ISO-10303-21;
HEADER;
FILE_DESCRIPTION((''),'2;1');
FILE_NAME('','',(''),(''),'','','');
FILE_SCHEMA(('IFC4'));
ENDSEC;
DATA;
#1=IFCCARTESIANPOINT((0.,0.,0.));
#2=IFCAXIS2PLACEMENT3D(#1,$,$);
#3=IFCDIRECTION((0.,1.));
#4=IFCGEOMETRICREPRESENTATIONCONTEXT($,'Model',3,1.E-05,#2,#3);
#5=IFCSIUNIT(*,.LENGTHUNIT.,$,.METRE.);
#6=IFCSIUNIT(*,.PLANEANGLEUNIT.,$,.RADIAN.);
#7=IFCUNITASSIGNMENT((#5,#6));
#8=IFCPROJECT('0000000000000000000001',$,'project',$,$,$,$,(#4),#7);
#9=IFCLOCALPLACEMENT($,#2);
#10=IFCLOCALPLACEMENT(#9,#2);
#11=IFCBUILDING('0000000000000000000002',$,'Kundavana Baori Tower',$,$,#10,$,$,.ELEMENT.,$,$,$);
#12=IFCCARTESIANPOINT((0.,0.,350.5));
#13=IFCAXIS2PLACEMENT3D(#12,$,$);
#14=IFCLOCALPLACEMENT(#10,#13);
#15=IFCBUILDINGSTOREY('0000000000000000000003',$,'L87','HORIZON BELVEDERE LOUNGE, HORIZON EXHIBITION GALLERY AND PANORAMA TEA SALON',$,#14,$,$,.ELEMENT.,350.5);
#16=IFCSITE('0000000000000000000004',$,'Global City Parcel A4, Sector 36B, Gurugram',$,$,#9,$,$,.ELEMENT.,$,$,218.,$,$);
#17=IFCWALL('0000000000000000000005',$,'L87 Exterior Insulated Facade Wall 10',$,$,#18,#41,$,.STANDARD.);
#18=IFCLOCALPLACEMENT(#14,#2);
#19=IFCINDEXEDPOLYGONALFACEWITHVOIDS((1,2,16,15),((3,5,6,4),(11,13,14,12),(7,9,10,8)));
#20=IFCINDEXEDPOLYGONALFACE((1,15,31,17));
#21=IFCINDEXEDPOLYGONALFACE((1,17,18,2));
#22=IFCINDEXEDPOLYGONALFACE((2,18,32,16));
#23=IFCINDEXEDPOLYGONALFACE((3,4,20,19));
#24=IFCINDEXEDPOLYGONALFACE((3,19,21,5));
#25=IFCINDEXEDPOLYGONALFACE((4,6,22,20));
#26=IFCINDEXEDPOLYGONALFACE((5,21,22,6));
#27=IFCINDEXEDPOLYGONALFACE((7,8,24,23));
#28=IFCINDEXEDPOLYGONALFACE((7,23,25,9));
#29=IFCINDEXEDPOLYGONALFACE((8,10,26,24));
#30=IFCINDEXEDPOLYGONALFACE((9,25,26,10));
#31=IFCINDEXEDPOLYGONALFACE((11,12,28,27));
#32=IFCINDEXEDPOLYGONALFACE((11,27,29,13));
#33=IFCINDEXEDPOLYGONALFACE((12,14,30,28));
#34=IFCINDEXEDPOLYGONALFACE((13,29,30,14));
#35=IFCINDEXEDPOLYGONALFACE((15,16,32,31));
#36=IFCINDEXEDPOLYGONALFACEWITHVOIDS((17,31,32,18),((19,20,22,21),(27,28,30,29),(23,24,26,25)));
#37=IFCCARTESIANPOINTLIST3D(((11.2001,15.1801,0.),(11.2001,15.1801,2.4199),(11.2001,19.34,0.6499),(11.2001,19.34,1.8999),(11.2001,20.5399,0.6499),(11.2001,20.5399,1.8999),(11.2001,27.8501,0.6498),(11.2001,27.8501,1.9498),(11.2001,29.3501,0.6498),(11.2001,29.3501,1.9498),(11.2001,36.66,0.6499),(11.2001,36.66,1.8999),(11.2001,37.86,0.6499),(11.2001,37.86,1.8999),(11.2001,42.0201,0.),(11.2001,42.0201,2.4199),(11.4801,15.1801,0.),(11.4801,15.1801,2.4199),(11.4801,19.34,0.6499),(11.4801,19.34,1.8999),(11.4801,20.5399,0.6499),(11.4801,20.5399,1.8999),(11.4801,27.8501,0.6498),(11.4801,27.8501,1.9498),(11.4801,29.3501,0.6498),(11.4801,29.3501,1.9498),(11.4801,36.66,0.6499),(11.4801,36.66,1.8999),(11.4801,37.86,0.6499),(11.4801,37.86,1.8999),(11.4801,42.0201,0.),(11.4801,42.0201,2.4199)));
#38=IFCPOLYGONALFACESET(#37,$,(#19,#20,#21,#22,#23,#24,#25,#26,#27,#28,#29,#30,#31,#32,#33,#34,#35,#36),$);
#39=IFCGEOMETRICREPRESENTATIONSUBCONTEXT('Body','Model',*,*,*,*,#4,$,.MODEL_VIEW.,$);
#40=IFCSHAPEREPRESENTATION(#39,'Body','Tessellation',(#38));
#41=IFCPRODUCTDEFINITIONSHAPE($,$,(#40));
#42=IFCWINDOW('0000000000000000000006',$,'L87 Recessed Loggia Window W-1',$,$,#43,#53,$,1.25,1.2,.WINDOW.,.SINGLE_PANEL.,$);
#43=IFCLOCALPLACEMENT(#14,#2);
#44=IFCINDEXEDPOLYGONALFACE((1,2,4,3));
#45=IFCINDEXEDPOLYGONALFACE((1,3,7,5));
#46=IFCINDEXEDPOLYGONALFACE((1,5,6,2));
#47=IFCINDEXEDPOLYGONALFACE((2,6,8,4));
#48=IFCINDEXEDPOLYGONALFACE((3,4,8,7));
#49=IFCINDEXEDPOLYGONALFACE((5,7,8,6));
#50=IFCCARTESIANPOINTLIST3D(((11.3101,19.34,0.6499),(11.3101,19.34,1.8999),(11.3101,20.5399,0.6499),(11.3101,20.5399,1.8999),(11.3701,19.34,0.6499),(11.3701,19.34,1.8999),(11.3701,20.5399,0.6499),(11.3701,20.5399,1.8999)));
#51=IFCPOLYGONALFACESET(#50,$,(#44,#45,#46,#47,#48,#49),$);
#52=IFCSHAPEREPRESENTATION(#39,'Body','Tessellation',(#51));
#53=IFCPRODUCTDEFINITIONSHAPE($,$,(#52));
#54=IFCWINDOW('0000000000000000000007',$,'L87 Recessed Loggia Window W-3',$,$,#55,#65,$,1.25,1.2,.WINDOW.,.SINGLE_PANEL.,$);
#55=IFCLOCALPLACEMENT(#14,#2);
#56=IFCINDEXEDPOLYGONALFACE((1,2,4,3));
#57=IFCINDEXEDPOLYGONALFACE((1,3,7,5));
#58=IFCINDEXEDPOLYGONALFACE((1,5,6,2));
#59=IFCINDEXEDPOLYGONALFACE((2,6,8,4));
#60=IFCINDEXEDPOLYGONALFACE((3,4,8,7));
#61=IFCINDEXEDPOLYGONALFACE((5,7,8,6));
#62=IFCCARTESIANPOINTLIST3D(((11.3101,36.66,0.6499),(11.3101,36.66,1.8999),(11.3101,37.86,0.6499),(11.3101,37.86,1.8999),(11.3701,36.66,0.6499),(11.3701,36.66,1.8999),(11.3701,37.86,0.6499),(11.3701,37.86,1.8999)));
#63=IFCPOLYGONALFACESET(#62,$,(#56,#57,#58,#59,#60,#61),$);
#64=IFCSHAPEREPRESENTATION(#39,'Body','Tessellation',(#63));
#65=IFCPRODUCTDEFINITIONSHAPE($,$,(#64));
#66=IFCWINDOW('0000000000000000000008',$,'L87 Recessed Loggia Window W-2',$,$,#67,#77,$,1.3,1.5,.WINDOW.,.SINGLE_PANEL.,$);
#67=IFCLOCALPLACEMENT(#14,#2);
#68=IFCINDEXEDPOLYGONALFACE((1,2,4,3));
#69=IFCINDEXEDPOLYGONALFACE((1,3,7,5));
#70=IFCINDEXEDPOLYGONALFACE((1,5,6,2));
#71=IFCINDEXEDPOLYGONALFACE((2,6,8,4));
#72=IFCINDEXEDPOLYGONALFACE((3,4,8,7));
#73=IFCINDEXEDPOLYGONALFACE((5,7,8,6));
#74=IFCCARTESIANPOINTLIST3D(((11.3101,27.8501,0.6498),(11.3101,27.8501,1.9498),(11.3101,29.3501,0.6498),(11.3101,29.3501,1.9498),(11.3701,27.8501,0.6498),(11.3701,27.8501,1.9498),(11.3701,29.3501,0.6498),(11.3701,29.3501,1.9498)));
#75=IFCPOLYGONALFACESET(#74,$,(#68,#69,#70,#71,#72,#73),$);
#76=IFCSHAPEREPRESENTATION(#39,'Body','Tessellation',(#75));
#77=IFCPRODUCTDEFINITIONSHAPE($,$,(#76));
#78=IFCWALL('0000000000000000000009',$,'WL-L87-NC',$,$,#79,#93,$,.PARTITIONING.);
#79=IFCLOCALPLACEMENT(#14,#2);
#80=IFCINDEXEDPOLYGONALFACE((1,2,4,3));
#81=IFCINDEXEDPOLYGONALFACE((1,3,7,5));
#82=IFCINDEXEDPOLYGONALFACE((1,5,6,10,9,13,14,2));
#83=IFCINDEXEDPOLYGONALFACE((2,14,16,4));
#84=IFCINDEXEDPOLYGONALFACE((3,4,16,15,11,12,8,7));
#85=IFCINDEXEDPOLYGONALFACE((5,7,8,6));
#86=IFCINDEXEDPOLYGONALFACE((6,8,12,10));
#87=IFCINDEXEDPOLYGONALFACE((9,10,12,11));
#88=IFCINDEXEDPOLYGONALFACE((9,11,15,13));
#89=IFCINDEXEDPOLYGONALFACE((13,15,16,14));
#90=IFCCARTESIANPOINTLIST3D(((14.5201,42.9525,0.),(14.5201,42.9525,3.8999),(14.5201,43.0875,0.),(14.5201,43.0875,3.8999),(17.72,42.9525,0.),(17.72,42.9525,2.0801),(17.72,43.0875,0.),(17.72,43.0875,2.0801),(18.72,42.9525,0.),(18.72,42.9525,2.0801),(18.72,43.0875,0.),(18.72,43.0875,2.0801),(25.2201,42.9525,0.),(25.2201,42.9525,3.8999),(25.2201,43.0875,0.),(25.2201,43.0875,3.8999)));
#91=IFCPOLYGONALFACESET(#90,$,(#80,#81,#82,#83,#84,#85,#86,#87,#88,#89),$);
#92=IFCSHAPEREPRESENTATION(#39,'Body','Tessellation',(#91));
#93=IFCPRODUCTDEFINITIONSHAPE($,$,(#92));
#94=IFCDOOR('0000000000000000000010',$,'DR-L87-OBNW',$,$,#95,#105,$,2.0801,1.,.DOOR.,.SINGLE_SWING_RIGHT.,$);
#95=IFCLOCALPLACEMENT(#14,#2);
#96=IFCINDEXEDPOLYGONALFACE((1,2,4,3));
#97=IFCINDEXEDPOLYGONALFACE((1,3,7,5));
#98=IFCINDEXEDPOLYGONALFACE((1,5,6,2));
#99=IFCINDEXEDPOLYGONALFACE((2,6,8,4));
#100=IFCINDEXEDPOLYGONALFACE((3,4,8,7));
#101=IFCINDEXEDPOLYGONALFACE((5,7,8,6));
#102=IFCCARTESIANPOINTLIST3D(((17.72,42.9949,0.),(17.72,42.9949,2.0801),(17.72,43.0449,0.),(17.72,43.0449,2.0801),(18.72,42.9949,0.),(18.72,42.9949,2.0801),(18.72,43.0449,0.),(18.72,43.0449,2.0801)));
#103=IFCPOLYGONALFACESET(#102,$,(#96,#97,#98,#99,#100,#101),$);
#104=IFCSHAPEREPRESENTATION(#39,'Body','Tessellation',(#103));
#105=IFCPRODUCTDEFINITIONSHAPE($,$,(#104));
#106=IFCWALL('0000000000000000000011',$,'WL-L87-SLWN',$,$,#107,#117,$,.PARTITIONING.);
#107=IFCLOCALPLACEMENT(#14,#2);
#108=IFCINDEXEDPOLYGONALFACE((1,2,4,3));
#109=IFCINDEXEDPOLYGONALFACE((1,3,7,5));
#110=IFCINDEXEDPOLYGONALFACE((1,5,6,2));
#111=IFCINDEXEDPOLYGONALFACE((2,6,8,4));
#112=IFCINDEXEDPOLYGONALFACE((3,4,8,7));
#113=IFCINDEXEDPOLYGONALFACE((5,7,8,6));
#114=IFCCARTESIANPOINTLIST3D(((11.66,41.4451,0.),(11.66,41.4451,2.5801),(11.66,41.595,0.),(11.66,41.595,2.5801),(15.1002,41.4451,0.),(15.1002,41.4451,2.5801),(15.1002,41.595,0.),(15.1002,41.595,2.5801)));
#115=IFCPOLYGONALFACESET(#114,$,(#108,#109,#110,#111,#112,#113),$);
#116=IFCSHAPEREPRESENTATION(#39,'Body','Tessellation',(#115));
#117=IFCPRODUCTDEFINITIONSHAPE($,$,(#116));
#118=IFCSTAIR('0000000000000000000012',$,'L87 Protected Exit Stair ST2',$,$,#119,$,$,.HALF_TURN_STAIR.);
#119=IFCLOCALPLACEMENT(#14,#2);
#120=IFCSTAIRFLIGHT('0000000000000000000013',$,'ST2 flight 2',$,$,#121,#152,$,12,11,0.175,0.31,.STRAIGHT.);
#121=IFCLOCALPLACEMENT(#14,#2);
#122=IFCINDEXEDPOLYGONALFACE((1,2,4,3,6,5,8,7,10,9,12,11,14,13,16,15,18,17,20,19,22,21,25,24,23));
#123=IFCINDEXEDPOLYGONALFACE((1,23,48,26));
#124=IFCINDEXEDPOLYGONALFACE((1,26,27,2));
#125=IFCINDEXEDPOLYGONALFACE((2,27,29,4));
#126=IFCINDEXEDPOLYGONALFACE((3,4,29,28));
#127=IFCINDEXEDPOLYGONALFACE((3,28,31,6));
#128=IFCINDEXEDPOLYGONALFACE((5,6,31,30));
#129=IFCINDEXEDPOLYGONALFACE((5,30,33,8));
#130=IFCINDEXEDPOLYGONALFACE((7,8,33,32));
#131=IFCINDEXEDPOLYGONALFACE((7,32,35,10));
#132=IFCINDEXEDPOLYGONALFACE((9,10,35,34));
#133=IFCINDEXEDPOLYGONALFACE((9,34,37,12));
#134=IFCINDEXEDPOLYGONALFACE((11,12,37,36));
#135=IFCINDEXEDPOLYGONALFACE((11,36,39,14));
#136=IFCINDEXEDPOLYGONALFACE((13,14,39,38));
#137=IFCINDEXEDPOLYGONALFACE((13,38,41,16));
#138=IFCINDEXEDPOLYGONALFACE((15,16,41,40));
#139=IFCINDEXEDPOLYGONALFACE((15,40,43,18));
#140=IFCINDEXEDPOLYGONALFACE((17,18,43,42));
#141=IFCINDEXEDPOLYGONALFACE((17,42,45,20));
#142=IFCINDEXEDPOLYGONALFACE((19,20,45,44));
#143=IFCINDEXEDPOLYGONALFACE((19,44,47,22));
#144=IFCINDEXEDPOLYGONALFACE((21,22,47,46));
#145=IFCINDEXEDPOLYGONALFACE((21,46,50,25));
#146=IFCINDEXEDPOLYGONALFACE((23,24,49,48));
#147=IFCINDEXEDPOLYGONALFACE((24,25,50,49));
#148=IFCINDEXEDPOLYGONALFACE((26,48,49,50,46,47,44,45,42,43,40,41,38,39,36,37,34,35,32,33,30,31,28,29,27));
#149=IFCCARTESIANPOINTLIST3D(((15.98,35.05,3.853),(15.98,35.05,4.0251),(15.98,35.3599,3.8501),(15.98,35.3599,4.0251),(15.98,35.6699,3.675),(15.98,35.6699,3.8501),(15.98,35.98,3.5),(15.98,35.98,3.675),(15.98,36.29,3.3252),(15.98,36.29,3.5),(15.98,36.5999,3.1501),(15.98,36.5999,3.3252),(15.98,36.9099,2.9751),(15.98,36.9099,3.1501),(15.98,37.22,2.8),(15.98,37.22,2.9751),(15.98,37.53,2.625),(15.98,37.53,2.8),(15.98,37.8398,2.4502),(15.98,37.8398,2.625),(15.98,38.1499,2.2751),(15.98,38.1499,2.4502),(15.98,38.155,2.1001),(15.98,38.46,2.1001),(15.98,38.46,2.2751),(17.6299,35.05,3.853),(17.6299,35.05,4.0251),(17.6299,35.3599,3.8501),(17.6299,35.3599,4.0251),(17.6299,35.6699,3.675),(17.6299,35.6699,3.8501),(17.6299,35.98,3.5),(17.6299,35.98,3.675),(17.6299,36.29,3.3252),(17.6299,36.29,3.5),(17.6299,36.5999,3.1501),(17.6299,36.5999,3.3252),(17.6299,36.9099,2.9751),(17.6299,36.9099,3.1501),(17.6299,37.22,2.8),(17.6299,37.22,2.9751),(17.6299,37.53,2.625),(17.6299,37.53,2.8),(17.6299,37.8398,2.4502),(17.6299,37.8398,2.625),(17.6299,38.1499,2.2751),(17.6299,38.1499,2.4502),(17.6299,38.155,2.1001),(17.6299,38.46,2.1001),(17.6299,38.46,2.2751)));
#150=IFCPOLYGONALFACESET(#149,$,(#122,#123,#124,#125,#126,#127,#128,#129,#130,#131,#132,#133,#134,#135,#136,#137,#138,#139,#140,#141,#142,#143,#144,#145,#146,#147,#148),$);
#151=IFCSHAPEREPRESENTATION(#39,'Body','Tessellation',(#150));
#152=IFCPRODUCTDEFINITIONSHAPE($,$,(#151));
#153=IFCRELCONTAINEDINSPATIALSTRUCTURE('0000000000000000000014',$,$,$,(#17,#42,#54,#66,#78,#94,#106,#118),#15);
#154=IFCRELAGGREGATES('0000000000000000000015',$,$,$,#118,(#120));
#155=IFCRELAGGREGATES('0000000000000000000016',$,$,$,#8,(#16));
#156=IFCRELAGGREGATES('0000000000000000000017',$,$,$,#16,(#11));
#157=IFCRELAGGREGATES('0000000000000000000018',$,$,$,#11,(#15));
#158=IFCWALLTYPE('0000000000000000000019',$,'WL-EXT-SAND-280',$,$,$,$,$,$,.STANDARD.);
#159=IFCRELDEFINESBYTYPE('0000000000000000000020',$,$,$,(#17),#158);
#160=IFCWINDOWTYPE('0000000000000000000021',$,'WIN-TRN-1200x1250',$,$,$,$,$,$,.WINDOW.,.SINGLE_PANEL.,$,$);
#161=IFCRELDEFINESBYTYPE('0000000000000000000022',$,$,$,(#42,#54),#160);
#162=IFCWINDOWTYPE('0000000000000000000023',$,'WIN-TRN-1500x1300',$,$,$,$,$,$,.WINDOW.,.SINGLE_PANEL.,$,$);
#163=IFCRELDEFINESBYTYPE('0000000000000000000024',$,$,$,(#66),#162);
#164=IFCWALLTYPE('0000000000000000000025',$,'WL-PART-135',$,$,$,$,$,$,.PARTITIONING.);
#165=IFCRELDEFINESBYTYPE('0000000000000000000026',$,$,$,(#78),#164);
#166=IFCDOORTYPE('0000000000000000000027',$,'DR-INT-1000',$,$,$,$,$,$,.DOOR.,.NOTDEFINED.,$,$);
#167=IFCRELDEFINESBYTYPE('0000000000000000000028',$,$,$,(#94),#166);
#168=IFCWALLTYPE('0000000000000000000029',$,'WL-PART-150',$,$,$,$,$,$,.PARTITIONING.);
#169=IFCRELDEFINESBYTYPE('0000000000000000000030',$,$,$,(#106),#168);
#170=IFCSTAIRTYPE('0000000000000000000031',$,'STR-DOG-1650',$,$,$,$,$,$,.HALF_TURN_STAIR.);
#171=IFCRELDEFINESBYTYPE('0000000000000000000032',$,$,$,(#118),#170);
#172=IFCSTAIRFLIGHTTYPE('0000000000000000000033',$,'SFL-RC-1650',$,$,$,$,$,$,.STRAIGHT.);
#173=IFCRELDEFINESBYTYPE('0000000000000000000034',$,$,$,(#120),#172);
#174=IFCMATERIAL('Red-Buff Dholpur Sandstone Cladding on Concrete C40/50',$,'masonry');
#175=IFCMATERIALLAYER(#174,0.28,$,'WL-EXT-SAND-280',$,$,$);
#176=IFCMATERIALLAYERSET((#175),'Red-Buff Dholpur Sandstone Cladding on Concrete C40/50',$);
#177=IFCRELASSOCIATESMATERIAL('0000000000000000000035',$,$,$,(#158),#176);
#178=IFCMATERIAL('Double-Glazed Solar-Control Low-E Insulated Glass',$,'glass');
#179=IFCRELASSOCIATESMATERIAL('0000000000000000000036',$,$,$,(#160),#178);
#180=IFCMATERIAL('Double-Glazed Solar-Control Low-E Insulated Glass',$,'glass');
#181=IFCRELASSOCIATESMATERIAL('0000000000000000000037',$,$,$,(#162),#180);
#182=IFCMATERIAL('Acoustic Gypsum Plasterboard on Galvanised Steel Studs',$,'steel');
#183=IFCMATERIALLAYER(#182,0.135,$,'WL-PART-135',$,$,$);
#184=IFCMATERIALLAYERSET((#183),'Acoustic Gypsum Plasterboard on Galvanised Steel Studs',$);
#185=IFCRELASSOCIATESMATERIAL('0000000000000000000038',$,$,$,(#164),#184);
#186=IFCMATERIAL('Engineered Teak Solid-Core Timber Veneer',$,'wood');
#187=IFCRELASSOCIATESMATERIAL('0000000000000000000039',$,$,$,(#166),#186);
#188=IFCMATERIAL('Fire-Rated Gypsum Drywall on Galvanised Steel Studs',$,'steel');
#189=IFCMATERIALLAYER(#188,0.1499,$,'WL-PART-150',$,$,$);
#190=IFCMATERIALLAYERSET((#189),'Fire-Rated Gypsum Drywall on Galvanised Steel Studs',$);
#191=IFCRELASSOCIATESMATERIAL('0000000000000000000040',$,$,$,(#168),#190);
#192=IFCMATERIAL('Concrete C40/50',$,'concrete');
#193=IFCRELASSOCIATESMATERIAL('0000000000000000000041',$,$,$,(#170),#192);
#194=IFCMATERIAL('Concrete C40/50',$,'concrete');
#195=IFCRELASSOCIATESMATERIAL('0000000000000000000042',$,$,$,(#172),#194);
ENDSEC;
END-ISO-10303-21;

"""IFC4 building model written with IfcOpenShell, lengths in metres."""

from ifc_helpers import new_model, si_unit, direction, frame, frame_2d, origin, place, context, subcontext, project, spatial, polyline, rectangle, outline, extrude, material, layer, layer_set, type_object, element, fill, aggregate, save


model = new_model("IFC4")

# Units and contexts
model_context = context("Model", 3, precision=1e-05, world=origin(), true_north=direction((0.0, 1.0)))
body_context = subcontext(model_context, "Body", "Model", "MODEL_VIEW")
ifc_project = project(units=[si_unit("LENGTHUNIT", "METRE"), si_unit("PLANEANGLEUNIT", "RADIAN")], contexts=[model_context])

# Site, building, storey
site_placement = place(None, origin())
site = spatial("IfcSite", under=ifc_project, at=site_placement, Name="Global City Parcel A4, Sector 36B, Gurugram", CompositionType="ELEMENT", RefElevation=218.0)
building_placement = place(site_placement, origin())
building = spatial("IfcBuilding", under=site, at=building_placement, Name="Kundavana Baori Tower", CompositionType="ELEMENT")
storey_placement = place(building_placement, frame((0.0, 0.0, 350.5)))
storey = spatial("IfcBuildingStorey", under=building, at=storey_placement, Name="L87", Description="HORIZON BELVEDERE LOUNGE, HORIZON EXHIBITION GALLERY AND PANORAMA TEA SALON", CompositionType="ELEMENT", Elevation=350.5)

# Shared definitions
ifc_material_1 = material(Name="Red-Buff Dholpur Sandstone Cladding on Concrete C40/50", Category="masonry")
ifc_layer_1 = layer(ifc_material_1, 0.28, Name="WL-EXT-SAND-280")
ifc_layer_set_1 = layer_set([ifc_layer_1], Name="Red-Buff Dholpur Sandstone Cladding on Concrete C40/50")
wall_type_1 = type_object("IfcWallType", Name="WL-EXT-SAND-280", PredefinedType="STANDARD", material=ifc_layer_set_1)

# Wall, openings, windows
wall_1_placement = place(storey_placement, frame((11.3401, 42.02, 0.0), z_axis=(0.0, 0.0, 1.0), x_axis=(0.0, -1.0, 0.0)))
wall_1 = element("IfcWall", 1, at=wall_1_placement, inside=storey, type_object=wall_type_1, Name="L87 Exterior Insulated Facade Wall 10", PredefinedType="STANDARD", context=body_context, shape_type="SweptSolid", body=[
    extrude(rectangle(XDim=26.8401, YDim=0.28, at=frame_2d((13.4199, 0.0))), origin(), (0.0, 0.0, 1.0), 2.4199),
])
opening_1_placement = place(wall_1_placement, frame((21.48, 0.0, 0.6499)))
opening_1 = element("IfcOpeningElement", 2, at=opening_1_placement, cuts=wall_1, PredefinedType="OPENING", context=body_context, shape_type="SweptSolid", body=[
    extrude(rectangle(XDim=1.2, YDim=1.25, at=frame_2d((0.6001, 0.625))), frame((0.0, 0.1499, 0.0), z_axis=(0.0, -1.0, 0.0), x_axis=(1.0, 0.0, 0.0)), (0.0, 0.0, 1.0), 0.3),
])
opening_2_placement = place(wall_1_placement, frame((12.6699, 0.0, 0.6499)))
opening_2 = element("IfcOpeningElement", 3, at=opening_2_placement, cuts=wall_1, PredefinedType="OPENING", context=body_context, shape_type="SweptSolid", body=[
    extrude(rectangle(XDim=1.5, YDim=1.3, at=frame_2d((0.75, 0.6499))), frame((0.0, 0.1499, 0.0), z_axis=(0.0, -1.0, 0.0), x_axis=(1.0, 0.0, 0.0)), (0.0, 0.0, 1.0), 0.3),
])
opening_3_placement = place(wall_1_placement, frame((4.1599, 0.0, 0.6499)))
opening_3 = element("IfcOpeningElement", 4, at=opening_3_placement, cuts=wall_1, PredefinedType="OPENING", context=body_context, shape_type="SweptSolid", body=[
    extrude(rectangle(XDim=1.2, YDim=1.25, at=frame_2d((0.6001, 0.625))), frame((0.0, 0.1499, 0.0), z_axis=(0.0, -1.0, 0.0), x_axis=(1.0, 0.0, 0.0)), (0.0, 0.0, 1.0), 0.3),
])
ifc_material_2 = material(Name="Double-Glazed Solar-Control Low-E Insulated Glass", Category="glass")
window_type_1 = type_object("IfcWindowType", Name="WIN-TRN-1200x1250", PartitioningType="SINGLE_PANEL", PredefinedType="WINDOW", material=ifc_material_2)
window_1_placement = place(opening_1_placement, origin())
window_1 = element("IfcWindow", 5, at=window_1_placement, inside=storey, type_object=window_type_1, Name="L87 Recessed Loggia Window W-1", OverallHeight=1.25, OverallWidth=1.2, PartitioningType="SINGLE_PANEL", PredefinedType="WINDOW", context=body_context, shape_type="SweptSolid", body=[
    extrude(rectangle(XDim=1.2, YDim=1.25, at=frame_2d((0.6001, 0.625))), frame((0.0, 0.03, 0.0), z_axis=(0.0, -1.0, 0.0), x_axis=(1.0, 0.0, 0.0)), (0.0, 0.0, 1.0), 0.0601),
])
fill(opening_1, window_1)
window_2_placement = place(opening_3_placement, origin())
window_2 = element("IfcWindow", 6, at=window_2_placement, inside=storey, type_object=window_type_1, Name="L87 Recessed Loggia Window W-3", OverallHeight=1.25, OverallWidth=1.2, PartitioningType="SINGLE_PANEL", PredefinedType="WINDOW", context=body_context, shape_type="SweptSolid", body=[
    extrude(rectangle(XDim=1.2, YDim=1.25, at=frame_2d((0.6001, 0.625))), frame((0.0, 0.03, 0.0), z_axis=(0.0, -1.0, 0.0), x_axis=(1.0, 0.0, 0.0)), (0.0, 0.0, 1.0), 0.0601),
])
fill(opening_3, window_2)
ifc_material_3 = material(Name="Double-Glazed Solar-Control Low-E Insulated Glass", Category="glass")
window_type_2 = type_object("IfcWindowType", Name="WIN-TRN-1500x1300", PartitioningType="SINGLE_PANEL", PredefinedType="WINDOW", material=ifc_material_3)
window_3_placement = place(opening_2_placement, origin())
window_3 = element("IfcWindow", 7, at=window_3_placement, inside=storey, type_object=window_type_2, Name="L87 Recessed Loggia Window W-2", OverallHeight=1.3, OverallWidth=1.5, PartitioningType="SINGLE_PANEL", PredefinedType="WINDOW", context=body_context, shape_type="SweptSolid", body=[
    extrude(rectangle(XDim=1.5, YDim=1.3, at=frame_2d((0.75, 0.6499))), frame((0.0, 0.03, 0.0), z_axis=(0.0, -1.0, 0.0), x_axis=(1.0, 0.0, 0.0)), (0.0, 0.0, 1.0), 0.0601),
])
fill(opening_2, window_3)

# Wall, opening, door
ifc_material_4 = material(Name="Acoustic Gypsum Plasterboard on Galvanised Steel Studs", Category="steel")
ifc_layer_2 = layer(ifc_material_4, 0.135, Name="WL-PART-135")
ifc_layer_set_2 = layer_set([ifc_layer_2], Name="Acoustic Gypsum Plasterboard on Galvanised Steel Studs")
wall_type_2 = type_object("IfcWallType", Name="WL-PART-135", PredefinedType="PARTITIONING", material=ifc_layer_set_2)
wall_2_placement = place(storey_placement, frame((14.52, 43.02, 0.0), z_axis=(0.0, 0.0, 1.0), x_axis=(1.0, 0.0, 0.0)))
wall_2 = element("IfcWall", 8, at=wall_2_placement, inside=storey, type_object=wall_type_2, Name="WL-L87-NC", PredefinedType="PARTITIONING", context=body_context, shape_type="SweptSolid", body=[
    extrude(rectangle(XDim=10.7, YDim=0.135, at=frame_2d((5.3501, 0.0))), origin(), (0.0, 0.0, 1.0), 3.8999),
])
opening_4_placement = place(wall_2_placement, frame((3.2, 0.0, 0.0)))
opening_4 = element("IfcOpeningElement", 9, at=opening_4_placement, cuts=wall_2, PredefinedType="OPENING", context=body_context, shape_type="SweptSolid", body=[
    extrude(rectangle(XDim=1.0, YDim=2.0801, at=frame_2d((0.5, 1.04))), frame((0.0, 0.0776, 0.0), z_axis=(0.0, -1.0, 0.0), x_axis=(1.0, 0.0, 0.0)), (0.0, 0.0, 1.0), 0.155),
])
ifc_material_5 = material(Name="Engineered Teak Solid-Core Timber Veneer", Category="wood")
door_type = type_object("IfcDoorType", Name="DR-INT-1000", OperationType="NOTDEFINED", PredefinedType="DOOR", material=ifc_material_5)
door_placement = place(opening_4_placement, origin())
door = element("IfcDoor", 10, at=door_placement, inside=storey, type_object=door_type, Name="DR-L87-OBNW", OperationType="SINGLE_SWING_RIGHT", OverallHeight=2.0801, OverallWidth=1.0, PredefinedType="DOOR", context=body_context, shape_type="SweptSolid", body=[
    extrude(rectangle(XDim=1.0, YDim=2.0801, at=frame_2d((0.5, 1.04))), frame((0.0, 0.0249, 0.0), z_axis=(0.0, -1.0, 0.0), x_axis=(1.0, 0.0, 0.0)), (0.0, 0.0, 1.0), 0.05),
])
fill(opening_4, door)

# Wall
ifc_material_6 = material(Name="Fire-Rated Gypsum Drywall on Galvanised Steel Studs", Category="steel")
ifc_layer_3 = layer(ifc_material_6, 0.1499, Name="WL-PART-150")
ifc_layer_set_3 = layer_set([ifc_layer_3], Name="Fire-Rated Gypsum Drywall on Galvanised Steel Studs")
wall_type_3 = type_object("IfcWallType", Name="WL-PART-150", PredefinedType="PARTITIONING", material=ifc_layer_set_3)
wall_3_placement = place(storey_placement, frame((11.6599, 41.52, 0.0), z_axis=(0.0, 0.0, 1.0), x_axis=(1.0, 0.0, 0.0)))
element("IfcWall", 11, at=wall_3_placement, inside=storey, type_object=wall_type_3, Name="WL-L87-SLWN", PredefinedType="PARTITIONING", context=body_context, shape_type="SweptSolid", body=[
    extrude(rectangle(XDim=3.4402, YDim=0.1499, at=frame_2d((1.7202, 0.0))), origin(), (0.0, 0.0, 1.0), 2.5801),
])

# Stair, stair flight
ifc_material_7 = material(Name="Concrete C40/50", Category="concrete")
stair_type = type_object("IfcStairType", Name="STR-DOG-1650", PredefinedType="HALF_TURN_STAIR", material=ifc_material_7)
stair_placement = place(storey_placement, origin())
stair = element("IfcStair", 12, at=stair_placement, inside=storey, type_object=stair_type, Name="L87 Protected Exit Stair ST2", PredefinedType="HALF_TURN_STAIR")
ifc_material_8 = material(Name="Concrete C40/50", Category="concrete")
stair_flight_type = type_object("IfcStairFlightType", Name="SFL-RC-1650", PredefinedType="STRAIGHT", material=ifc_material_8)
stair_flight_placement = place(storey_placement, frame((16.8049, 38.46, 2.1001), z_axis=(0.0, 0.0, 1.0), x_axis=(0.0, -1.0, 0.0)))
stair_flight = element("IfcStairFlight", 13, at=stair_flight_placement, type_object=stair_flight_type, Name="ST2 flight 2", NumberOfRisers=12, NumberOfTreads=11, PredefinedType="STRAIGHT", RiserHeight=0.175, TreadLength=0.31, context=body_context, shape_type="SweptSolid", body=[
    extrude(outline(polyline([(0.0, 0.0), (0.0, 0.175), (0.3101, 0.175), (0.3101, 0.3501), (0.6201, 0.3501), (0.6201, 0.5249), (0.9299, 0.5249), (0.9299, 0.7), (1.24, 0.7), (1.24, 0.875), (1.55, 0.875), (1.55, 1.05), (1.8601, 1.05), (1.8601, 1.2251), (2.1699, 1.2251), (2.1699, 1.3999), (2.48, 1.3999), (2.48, 1.575), (2.79, 1.575), (2.79, 1.75), (3.1001, 1.75), (3.1001, 1.925), (3.4099, 1.925), (3.4099, 2.1001), (3.4099, 1.7529), (0.3049, 0.0), (0.0, 0.0)])), frame((0.0, 0.825, 0.0), z_axis=(0.0, -1.0, 0.0), x_axis=(1.0, 0.0, 0.0)), (0.0, 0.0, 1.0), 1.6499),
])
aggregate(stair, [stair_flight])

save(model, "model.ifc")
